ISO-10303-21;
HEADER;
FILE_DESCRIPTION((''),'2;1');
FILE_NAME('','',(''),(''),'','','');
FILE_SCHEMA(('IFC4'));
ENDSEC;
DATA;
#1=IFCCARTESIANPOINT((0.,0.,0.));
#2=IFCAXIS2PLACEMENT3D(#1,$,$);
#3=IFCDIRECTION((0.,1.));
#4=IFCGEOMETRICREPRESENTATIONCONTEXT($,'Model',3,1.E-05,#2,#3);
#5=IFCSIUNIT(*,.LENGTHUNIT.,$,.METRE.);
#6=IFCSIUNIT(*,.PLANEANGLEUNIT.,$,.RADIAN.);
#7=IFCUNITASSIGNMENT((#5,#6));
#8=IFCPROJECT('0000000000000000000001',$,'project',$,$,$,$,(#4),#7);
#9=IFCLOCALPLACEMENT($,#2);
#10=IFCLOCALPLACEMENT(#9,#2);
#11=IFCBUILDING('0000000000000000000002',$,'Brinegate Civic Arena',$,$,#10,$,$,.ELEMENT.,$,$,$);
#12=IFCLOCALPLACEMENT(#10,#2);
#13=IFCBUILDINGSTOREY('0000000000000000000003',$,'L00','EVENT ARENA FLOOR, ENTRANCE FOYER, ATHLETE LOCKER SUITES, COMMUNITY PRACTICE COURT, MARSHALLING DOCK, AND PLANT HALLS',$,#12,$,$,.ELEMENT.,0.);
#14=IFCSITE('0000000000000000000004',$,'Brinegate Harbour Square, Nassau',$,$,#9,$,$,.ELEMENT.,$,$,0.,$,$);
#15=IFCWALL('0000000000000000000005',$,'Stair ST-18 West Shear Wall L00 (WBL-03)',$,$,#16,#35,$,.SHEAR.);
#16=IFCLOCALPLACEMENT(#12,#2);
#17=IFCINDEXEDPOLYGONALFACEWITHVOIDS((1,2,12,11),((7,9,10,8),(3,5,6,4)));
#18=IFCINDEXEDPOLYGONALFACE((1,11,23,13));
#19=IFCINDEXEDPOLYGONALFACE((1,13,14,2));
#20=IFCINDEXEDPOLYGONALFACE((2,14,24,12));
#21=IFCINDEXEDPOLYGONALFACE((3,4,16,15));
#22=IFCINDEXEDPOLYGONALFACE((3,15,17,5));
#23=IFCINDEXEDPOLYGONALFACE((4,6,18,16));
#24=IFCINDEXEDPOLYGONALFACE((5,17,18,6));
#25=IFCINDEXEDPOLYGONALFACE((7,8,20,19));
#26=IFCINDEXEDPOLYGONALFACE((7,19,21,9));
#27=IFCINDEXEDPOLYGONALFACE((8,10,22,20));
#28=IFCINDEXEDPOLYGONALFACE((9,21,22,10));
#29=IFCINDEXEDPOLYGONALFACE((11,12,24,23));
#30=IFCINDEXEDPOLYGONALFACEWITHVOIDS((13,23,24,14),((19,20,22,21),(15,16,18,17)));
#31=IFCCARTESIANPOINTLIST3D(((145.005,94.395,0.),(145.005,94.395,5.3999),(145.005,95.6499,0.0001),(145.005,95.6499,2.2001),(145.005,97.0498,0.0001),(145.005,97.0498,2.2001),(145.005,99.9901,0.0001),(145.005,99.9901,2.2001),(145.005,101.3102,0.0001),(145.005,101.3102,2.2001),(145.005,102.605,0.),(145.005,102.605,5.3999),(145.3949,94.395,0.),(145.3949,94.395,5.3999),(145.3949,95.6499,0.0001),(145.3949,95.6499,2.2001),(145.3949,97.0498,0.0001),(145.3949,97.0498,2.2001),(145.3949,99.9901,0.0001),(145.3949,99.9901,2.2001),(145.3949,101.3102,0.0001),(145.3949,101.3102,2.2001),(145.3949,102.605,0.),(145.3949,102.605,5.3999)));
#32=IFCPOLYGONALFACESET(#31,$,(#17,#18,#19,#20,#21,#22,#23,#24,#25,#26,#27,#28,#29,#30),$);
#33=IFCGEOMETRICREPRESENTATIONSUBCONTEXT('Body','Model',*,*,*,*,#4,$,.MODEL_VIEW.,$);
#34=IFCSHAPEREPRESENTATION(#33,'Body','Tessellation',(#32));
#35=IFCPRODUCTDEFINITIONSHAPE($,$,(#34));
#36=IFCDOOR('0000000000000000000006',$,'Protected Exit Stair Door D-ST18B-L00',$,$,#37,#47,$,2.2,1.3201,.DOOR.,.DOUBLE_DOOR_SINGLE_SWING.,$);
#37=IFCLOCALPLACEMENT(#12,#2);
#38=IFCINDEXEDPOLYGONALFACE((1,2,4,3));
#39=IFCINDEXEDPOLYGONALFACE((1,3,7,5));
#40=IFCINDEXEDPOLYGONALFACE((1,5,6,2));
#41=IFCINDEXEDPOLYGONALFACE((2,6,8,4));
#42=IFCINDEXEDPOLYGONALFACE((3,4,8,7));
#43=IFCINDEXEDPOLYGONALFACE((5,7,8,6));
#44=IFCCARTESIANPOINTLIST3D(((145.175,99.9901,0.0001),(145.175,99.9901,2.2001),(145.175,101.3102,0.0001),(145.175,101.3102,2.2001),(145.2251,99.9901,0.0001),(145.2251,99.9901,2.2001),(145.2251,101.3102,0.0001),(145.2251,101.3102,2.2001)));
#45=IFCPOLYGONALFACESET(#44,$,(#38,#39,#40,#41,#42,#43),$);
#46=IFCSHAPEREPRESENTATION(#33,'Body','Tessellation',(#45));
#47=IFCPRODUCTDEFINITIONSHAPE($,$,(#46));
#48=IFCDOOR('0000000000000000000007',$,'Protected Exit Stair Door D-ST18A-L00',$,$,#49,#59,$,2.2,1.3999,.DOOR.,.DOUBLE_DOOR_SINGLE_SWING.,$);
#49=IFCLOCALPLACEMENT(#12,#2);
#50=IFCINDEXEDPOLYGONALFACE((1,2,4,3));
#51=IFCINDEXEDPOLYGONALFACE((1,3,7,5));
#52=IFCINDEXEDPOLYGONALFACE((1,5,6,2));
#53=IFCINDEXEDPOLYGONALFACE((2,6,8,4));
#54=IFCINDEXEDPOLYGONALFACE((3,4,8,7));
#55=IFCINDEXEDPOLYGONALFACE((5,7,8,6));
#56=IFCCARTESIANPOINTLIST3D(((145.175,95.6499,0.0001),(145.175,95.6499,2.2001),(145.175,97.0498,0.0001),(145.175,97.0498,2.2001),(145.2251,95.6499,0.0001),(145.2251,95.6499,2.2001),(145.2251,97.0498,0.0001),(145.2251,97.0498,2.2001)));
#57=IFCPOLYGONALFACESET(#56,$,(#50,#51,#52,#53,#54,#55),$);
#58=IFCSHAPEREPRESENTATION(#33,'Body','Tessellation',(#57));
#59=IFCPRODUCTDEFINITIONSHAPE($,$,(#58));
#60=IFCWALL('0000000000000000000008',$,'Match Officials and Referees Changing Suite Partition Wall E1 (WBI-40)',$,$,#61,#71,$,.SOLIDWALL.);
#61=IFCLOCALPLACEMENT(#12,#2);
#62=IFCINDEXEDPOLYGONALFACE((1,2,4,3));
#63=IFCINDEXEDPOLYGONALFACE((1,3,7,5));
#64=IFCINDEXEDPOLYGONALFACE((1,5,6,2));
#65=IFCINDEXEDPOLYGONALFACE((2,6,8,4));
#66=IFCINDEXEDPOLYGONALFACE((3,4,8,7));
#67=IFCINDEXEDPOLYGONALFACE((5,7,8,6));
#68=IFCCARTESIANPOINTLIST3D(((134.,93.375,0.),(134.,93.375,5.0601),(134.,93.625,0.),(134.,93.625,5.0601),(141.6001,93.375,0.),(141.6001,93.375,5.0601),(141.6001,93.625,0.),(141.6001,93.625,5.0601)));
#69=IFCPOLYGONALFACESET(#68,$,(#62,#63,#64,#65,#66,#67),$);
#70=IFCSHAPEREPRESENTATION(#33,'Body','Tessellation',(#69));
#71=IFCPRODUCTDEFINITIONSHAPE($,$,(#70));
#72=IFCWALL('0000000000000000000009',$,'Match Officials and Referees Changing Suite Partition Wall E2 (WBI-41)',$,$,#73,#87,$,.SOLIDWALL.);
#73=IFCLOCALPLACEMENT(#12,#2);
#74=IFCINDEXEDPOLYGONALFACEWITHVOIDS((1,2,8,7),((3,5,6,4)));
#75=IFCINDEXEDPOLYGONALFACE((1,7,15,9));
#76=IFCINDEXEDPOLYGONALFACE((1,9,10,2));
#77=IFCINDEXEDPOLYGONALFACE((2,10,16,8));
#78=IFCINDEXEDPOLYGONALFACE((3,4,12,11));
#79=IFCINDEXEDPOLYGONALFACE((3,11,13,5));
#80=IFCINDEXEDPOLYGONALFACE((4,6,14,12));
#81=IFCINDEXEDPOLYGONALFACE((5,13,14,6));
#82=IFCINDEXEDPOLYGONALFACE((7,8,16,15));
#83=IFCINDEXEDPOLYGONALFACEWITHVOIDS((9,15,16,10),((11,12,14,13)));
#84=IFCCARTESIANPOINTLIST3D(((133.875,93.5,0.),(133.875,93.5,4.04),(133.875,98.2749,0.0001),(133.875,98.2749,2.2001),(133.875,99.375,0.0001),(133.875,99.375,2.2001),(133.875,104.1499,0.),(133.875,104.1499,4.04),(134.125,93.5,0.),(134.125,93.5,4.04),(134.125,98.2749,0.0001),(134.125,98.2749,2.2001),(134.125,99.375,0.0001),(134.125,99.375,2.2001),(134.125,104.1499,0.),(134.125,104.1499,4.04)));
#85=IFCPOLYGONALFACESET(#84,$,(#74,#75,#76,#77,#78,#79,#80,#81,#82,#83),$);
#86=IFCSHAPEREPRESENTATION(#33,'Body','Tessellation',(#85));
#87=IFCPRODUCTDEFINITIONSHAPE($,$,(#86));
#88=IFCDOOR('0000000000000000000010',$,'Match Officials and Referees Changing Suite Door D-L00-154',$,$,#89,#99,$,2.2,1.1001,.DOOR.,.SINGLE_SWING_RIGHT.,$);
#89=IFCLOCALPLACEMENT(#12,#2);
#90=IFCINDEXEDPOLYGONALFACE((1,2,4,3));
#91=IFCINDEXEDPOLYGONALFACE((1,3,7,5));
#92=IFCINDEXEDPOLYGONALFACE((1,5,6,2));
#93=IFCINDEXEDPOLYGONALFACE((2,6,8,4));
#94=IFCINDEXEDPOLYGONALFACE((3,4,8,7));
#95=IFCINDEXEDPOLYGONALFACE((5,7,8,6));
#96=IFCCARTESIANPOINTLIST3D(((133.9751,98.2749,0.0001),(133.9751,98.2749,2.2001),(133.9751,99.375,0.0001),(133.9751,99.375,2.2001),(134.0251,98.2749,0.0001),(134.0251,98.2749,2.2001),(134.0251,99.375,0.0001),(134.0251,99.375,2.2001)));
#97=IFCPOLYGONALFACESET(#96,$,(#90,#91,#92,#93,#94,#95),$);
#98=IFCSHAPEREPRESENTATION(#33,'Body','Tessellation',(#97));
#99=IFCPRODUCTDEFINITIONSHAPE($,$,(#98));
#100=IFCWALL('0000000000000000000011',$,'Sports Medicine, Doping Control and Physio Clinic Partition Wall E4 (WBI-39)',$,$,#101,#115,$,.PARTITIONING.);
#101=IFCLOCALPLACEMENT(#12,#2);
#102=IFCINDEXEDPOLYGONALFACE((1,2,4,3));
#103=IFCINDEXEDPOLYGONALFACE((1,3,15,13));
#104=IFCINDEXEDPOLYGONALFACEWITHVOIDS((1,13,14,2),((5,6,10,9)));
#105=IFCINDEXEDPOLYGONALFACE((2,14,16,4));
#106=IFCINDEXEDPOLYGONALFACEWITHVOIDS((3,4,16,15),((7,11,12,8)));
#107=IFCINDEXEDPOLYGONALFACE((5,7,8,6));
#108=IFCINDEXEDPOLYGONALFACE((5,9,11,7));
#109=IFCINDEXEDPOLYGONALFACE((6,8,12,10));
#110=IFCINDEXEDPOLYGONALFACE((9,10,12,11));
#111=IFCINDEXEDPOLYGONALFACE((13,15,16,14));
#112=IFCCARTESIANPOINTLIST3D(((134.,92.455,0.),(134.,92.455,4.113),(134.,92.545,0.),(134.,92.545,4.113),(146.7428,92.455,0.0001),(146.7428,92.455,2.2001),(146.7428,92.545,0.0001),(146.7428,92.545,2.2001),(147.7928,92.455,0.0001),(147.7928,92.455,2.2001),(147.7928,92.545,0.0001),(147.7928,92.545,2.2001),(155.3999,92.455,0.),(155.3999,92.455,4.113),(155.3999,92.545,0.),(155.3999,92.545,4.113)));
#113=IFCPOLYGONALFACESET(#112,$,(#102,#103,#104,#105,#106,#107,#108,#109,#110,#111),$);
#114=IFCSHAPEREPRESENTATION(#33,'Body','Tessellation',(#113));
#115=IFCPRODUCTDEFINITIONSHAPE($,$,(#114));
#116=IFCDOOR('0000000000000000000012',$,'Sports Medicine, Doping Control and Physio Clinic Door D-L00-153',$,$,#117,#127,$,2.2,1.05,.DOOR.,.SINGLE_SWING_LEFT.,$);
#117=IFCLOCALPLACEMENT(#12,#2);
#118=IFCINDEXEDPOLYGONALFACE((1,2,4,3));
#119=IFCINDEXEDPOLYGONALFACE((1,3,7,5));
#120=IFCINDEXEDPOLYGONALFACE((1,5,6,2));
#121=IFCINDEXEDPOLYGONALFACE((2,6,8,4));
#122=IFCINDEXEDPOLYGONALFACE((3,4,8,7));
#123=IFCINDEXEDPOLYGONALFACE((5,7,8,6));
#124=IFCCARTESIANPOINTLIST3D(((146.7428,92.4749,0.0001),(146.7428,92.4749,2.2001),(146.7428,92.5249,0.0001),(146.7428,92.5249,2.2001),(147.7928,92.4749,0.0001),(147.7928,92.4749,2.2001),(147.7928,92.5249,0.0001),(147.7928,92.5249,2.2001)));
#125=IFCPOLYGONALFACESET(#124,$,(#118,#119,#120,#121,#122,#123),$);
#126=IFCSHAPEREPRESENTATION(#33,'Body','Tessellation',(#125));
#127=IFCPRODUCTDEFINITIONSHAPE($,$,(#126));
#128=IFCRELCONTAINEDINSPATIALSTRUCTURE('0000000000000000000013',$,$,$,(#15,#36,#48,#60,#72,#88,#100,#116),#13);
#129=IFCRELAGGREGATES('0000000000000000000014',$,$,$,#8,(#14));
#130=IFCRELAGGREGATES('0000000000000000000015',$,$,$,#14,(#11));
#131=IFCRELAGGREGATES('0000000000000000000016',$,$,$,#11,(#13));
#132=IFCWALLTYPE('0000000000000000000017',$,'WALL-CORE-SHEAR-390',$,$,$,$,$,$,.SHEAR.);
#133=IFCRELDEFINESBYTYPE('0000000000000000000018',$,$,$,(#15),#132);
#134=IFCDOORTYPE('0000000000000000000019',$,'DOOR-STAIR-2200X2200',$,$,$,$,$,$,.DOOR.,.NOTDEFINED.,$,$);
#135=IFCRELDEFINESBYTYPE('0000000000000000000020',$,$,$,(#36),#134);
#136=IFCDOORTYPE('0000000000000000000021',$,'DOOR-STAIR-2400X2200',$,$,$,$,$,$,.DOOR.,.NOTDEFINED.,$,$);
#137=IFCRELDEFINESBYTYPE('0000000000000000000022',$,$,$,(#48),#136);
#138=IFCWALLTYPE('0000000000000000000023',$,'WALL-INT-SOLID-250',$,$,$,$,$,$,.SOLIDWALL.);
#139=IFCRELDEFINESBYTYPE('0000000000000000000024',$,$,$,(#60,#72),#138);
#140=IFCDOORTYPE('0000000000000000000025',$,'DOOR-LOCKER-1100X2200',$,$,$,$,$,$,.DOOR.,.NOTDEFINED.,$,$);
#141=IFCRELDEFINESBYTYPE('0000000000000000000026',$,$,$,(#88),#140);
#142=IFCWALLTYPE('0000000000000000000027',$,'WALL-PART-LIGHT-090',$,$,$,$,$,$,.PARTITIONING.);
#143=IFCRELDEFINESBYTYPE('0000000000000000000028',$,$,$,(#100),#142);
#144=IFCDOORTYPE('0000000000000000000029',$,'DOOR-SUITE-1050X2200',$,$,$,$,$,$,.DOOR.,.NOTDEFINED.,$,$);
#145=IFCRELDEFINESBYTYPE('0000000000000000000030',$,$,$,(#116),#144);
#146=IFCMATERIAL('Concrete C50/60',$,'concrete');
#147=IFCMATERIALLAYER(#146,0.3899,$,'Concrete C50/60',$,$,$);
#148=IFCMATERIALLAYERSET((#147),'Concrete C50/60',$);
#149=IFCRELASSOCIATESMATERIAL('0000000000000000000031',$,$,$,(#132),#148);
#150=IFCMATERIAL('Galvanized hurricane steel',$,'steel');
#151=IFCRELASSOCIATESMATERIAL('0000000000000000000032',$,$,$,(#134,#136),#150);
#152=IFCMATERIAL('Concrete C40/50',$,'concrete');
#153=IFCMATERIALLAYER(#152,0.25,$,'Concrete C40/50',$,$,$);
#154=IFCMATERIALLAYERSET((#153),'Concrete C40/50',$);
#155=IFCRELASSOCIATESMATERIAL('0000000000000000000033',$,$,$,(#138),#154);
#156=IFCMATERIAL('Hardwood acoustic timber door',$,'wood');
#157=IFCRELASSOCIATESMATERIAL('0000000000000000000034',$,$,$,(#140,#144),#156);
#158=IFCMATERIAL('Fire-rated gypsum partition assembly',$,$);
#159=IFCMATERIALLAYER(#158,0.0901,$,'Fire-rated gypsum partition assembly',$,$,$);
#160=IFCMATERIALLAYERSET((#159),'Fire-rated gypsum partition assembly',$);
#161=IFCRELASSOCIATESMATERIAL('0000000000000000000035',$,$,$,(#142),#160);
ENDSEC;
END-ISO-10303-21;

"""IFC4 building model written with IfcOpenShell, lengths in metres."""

from ifc_helpers import new_model, si_unit, direction, frame, frame_2d, origin, place, context, subcontext, project, spatial, rectangle, extrude, material, layer, layer_set, type_object, element, fill, save


model = new_model("IFC4")

# Units and contexts
model_context = context("Model", 3, precision=1e-05, world=origin(), true_north=direction((0.0, 1.0)))
body_context = subcontext(model_context, "Body", "Model", "MODEL_VIEW")
ifc_project = project(units=[si_unit("LENGTHUNIT", "METRE"), si_unit("PLANEANGLEUNIT", "RADIAN")], contexts=[model_context])

# Site, building, storey
site_placement = place(None, origin())
site = spatial("IfcSite", under=ifc_project, at=site_placement, Name="Brinegate Harbour Square, Nassau", CompositionType="ELEMENT", RefElevation=0.0)
building_placement = place(site_placement, origin())
building = spatial("IfcBuilding", under=site, at=building_placement, Name="Brinegate Civic Arena", CompositionType="ELEMENT")
storey_placement = place(building_placement, origin())
storey = spatial("IfcBuildingStorey", under=building, at=storey_placement, Name="L00", Description="EVENT ARENA FLOOR, ENTRANCE FOYER, ATHLETE LOCKER SUITES, COMMUNITY PRACTICE COURT, MARSHALLING DOCK, AND PLANT HALLS", CompositionType="ELEMENT", Elevation=0.0)

# Shared definitions
ifc_material_1 = material(Name="Concrete C40/50", Category="concrete")

# Shared definitions
ifc_material_2 = material(Name="Concrete C50/60", Category="concrete")

# Shared definitions
ifc_layer_1 = layer(ifc_material_2, 0.3899, Name="Concrete C50/60")
ifc_layer_set_1 = layer_set([ifc_layer_1], Name="Concrete C50/60")
wall_type_1 = type_object("IfcWallType", Name="WALL-CORE-SHEAR-390", PredefinedType="SHEAR", material=ifc_layer_set_1)

# Wall, openings, doors
wall_1_placement = place(storey_placement, frame((145.2, 94.395, 0.0), z_axis=(0.0, 0.0, 1.0), x_axis=(0.0, 1.0, 0.0)))
wall_1 = element("IfcWall", 1, at=wall_1_placement, inside=storey, type_object=wall_type_1, Name="Stair ST-18 West Shear Wall L00 (WBL-03)", PredefinedType="SHEAR", context=body_context, shape_type="SweptSolid", body=[
    extrude(rectangle(XDim=8.21, YDim=0.3899, at=frame_2d((4.105, 0.0))), origin(), (0.0, 0.0, 1.0), 5.3999),
])
opening_1_placement = place(wall_1_placement, frame((1.2549, 0.0, 0.0)))
opening_1 = element("IfcOpeningElement", 2, at=opening_1_placement, cuts=wall_1, PredefinedType="OPENING", context=body_context, shape_type="SweptSolid", body=[
    extrude(rectangle(XDim=1.3999, YDim=2.2, at=frame_2d((0.7, 1.1001))), frame((0.0, 0.2048, 0.0), z_axis=(0.0, -1.0, 0.0), x_axis=(1.0, 0.0, 0.0)), (0.0, 0.0, 1.0), 0.4099),
])
opening_2_placement = place(wall_1_placement, frame((5.595, 0.0, 0.0)))
opening_2 = element("IfcOpeningElement", 3, at=opening_2_placement, cuts=wall_1, PredefinedType="OPENING", context=body_context, shape_type="SweptSolid", body=[
    extrude(rectangle(XDim=1.3201, YDim=2.2, at=frame_2d((0.6602, 1.1001))), frame((0.0, 0.2048, 0.0), z_axis=(0.0, -1.0, 0.0), x_axis=(1.0, 0.0, 0.0)), (0.0, 0.0, 1.0), 0.4099),
])
ifc_material_3 = material(Name="Galvanized hurricane steel", Category="steel")
door_type_1 = type_object("IfcDoorType", Name="DOOR-STAIR-2200X2200", OperationType="NOTDEFINED", PredefinedType="DOOR", material=ifc_material_3)
door_1_placement = place(opening_2_placement, origin())
door_1 = element("IfcDoor", 4, at=door_1_placement, inside=storey, type_object=door_type_1, Name="Protected Exit Stair Door D-ST18B-L00", OperationType="DOUBLE_DOOR_SINGLE_SWING", OverallHeight=2.2, OverallWidth=1.3201, PredefinedType="DOOR", context=body_context, shape_type="SweptSolid", body=[
    extrude(rectangle(XDim=1.3201, YDim=2.2, at=frame_2d((0.6602, 1.1001))), frame((0.0, 0.0249, 0.0), z_axis=(0.0, -1.0, 0.0), x_axis=(1.0, 0.0, 0.0)), (0.0, 0.0, 1.0), 0.05),
])
fill(opening_2, door_1)
door_type_2 = type_object("IfcDoorType", Name="DOOR-STAIR-2400X2200", OperationType="NOTDEFINED", PredefinedType="DOOR", material=ifc_material_3)
door_2_placement = place(opening_1_placement, origin())
door_2 = element("IfcDoor", 5, at=door_2_placement, inside=storey, type_object=door_type_2, Name="Protected Exit Stair Door D-ST18A-L00", OperationType="DOUBLE_DOOR_SINGLE_SWING", OverallHeight=2.2, OverallWidth=1.3999, PredefinedType="DOOR", context=body_context, shape_type="SweptSolid", body=[
    extrude(rectangle(XDim=1.3999, YDim=2.2, at=frame_2d((0.7, 1.1001))), frame((0.0, 0.0249, 0.0), z_axis=(0.0, -1.0, 0.0), x_axis=(1.0, 0.0, 0.0)), (0.0, 0.0, 1.0), 0.05),
])
fill(opening_1, door_2)

# Wall
ifc_layer_2 = layer(ifc_material_1, 0.25, Name="Concrete C40/50")
ifc_layer_set_2 = layer_set([ifc_layer_2], Name="Concrete C40/50")
wall_type_2 = type_object("IfcWallType", Name="WALL-INT-SOLID-250", PredefinedType="SOLIDWALL", material=ifc_layer_set_2)
wall_2_placement = place(storey_placement, frame((141.6001, 93.5, 0.0), z_axis=(0.0, 0.0, 1.0), x_axis=(-1.0, 0.0, 0.0)))
element("IfcWall", 6, at=wall_2_placement, inside=storey, type_object=wall_type_2, Name="Match Officials and Referees Changing Suite Partition Wall E1 (WBI-40)", PredefinedType="SOLIDWALL", context=body_context, shape_type="SweptSolid", body=[
    extrude(rectangle(XDim=7.6001, YDim=0.25, at=frame_2d((3.8, 0.0))), origin(), (0.0, 0.0, 1.0), 5.0601),
])

# Walls, openings, doors
wall_3_placement = place(storey_placement, frame((134.0, 93.5, 0.0), z_axis=(0.0, 0.0, 1.0), x_axis=(0.0, 1.0, 0.0)))
wall_3 = element("IfcWall", 7, at=wall_3_placement, inside=storey, type_object=wall_type_2, Name="Match Officials and Referees Changing Suite Partition Wall E2 (WBI-41)", PredefinedType="SOLIDWALL", context=body_context, shape_type="SweptSolid", body=[
    extrude(rectangle(XDim=10.6499, YDim=0.25, at=frame_2d((5.325, 0.0))), origin(), (0.0, 0.0, 1.0), 4.04),
])
opening_3_placement = place(wall_3_placement, frame((4.7749, 0.0, 0.0)))
opening_3 = element("IfcOpeningElement", 8, at=opening_3_placement, cuts=wall_3, PredefinedType="OPENING", context=body_context, shape_type="SweptSolid", body=[
    extrude(rectangle(XDim=1.1001, YDim=2.2, at=frame_2d((0.55, 1.1001))), frame((0.0, 0.135, 0.0), z_axis=(0.0, -1.0, 0.0), x_axis=(1.0, 0.0, 0.0)), (0.0, 0.0, 1.0), 0.27),
])
ifc_material_4 = material(Name="Hardwood acoustic timber door", Category="wood")
door_type_3 = type_object("IfcDoorType", Name="DOOR-LOCKER-1100X2200", OperationType="NOTDEFINED", PredefinedType="DOOR", material=ifc_material_4)
door_3_placement = place(opening_3_placement, origin())
door_3 = element("IfcDoor", 9, at=door_3_placement, inside=storey, type_object=door_type_3, Name="Match Officials and Referees Changing Suite Door D-L00-154", OperationType="SINGLE_SWING_RIGHT", OverallHeight=2.2, OverallWidth=1.1001, PredefinedType="DOOR", context=body_context, shape_type="SweptSolid", body=[
    extrude(rectangle(XDim=1.1001, YDim=2.2, at=frame_2d((0.55, 1.1001))), frame((0.0, 0.0249, 0.0), z_axis=(0.0, -1.0, 0.0), x_axis=(1.0, 0.0, 0.0)), (0.0, 0.0, 1.0), 0.05),
])
fill(opening_3, door_3)
ifc_material_5 = material(Name="Fire-rated gypsum partition assembly")
ifc_layer_3 = layer(ifc_material_5, 0.0901, Name="Fire-rated gypsum partition assembly")
ifc_layer_set_3 = layer_set([ifc_layer_3], Name="Fire-rated gypsum partition assembly")
wall_type_3 = type_object("IfcWallType", Name="WALL-PART-LIGHT-090", PredefinedType="PARTITIONING", material=ifc_layer_set_3)
wall_4_placement = place(storey_placement, frame((134.0, 92.5, 0.0), z_axis=(0.0, 0.0, 1.0), x_axis=(1.0, 0.0, 0.0)))
wall_4 = element("IfcWall", 10, at=wall_4_placement, inside=storey, type_object=wall_type_3, Name="Sports Medicine, Doping Control and Physio Clinic Partition Wall E4 (WBI-39)", PredefinedType="PARTITIONING", context=body_context, shape_type="SweptSolid", body=[
    extrude(rectangle(XDim=21.3999, YDim=0.0901, at=frame_2d((10.7, 0.0))), origin(), (0.0, 0.0, 1.0), 4.113),
])
opening_4_placement = place(wall_4_placement, frame((12.7429, 0.0, 0.0)))
opening_4 = element("IfcOpeningElement", 11, at=opening_4_placement, cuts=wall_4, PredefinedType="OPENING", context=body_context, shape_type="SweptSolid", body=[
    extrude(rectangle(XDim=1.05, YDim=2.2, at=frame_2d((0.5249, 1.1001))), frame((0.0, 0.0549, 0.0), z_axis=(0.0, -1.0, 0.0), x_axis=(1.0, 0.0, 0.0)), (0.0, 0.0, 1.0), 0.1101),
])
door_type_4 = type_object("IfcDoorType", Name="DOOR-SUITE-1050X2200", OperationType="NOTDEFINED", PredefinedType="DOOR", material=ifc_material_4)
door_4_placement = place(opening_4_placement, origin())
door_4 = element("IfcDoor", 12, at=door_4_placement, inside=storey, type_object=door_type_4, Name="Sports Medicine, Doping Control and Physio Clinic Door D-L00-153", OperationType="SINGLE_SWING_LEFT", OverallHeight=2.2, OverallWidth=1.05, PredefinedType="DOOR", context=body_context, shape_type="SweptSolid", body=[
    extrude(rectangle(XDim=1.05, YDim=2.2, at=frame_2d((0.5249, 1.1001))), frame((0.0, 0.0249, 0.0), z_axis=(0.0, -1.0, 0.0), x_axis=(1.0, 0.0, 0.0)), (0.0, 0.0, 1.0), 0.05),
])
fill(opening_4, door_4)

save(model, "model.ifc")
